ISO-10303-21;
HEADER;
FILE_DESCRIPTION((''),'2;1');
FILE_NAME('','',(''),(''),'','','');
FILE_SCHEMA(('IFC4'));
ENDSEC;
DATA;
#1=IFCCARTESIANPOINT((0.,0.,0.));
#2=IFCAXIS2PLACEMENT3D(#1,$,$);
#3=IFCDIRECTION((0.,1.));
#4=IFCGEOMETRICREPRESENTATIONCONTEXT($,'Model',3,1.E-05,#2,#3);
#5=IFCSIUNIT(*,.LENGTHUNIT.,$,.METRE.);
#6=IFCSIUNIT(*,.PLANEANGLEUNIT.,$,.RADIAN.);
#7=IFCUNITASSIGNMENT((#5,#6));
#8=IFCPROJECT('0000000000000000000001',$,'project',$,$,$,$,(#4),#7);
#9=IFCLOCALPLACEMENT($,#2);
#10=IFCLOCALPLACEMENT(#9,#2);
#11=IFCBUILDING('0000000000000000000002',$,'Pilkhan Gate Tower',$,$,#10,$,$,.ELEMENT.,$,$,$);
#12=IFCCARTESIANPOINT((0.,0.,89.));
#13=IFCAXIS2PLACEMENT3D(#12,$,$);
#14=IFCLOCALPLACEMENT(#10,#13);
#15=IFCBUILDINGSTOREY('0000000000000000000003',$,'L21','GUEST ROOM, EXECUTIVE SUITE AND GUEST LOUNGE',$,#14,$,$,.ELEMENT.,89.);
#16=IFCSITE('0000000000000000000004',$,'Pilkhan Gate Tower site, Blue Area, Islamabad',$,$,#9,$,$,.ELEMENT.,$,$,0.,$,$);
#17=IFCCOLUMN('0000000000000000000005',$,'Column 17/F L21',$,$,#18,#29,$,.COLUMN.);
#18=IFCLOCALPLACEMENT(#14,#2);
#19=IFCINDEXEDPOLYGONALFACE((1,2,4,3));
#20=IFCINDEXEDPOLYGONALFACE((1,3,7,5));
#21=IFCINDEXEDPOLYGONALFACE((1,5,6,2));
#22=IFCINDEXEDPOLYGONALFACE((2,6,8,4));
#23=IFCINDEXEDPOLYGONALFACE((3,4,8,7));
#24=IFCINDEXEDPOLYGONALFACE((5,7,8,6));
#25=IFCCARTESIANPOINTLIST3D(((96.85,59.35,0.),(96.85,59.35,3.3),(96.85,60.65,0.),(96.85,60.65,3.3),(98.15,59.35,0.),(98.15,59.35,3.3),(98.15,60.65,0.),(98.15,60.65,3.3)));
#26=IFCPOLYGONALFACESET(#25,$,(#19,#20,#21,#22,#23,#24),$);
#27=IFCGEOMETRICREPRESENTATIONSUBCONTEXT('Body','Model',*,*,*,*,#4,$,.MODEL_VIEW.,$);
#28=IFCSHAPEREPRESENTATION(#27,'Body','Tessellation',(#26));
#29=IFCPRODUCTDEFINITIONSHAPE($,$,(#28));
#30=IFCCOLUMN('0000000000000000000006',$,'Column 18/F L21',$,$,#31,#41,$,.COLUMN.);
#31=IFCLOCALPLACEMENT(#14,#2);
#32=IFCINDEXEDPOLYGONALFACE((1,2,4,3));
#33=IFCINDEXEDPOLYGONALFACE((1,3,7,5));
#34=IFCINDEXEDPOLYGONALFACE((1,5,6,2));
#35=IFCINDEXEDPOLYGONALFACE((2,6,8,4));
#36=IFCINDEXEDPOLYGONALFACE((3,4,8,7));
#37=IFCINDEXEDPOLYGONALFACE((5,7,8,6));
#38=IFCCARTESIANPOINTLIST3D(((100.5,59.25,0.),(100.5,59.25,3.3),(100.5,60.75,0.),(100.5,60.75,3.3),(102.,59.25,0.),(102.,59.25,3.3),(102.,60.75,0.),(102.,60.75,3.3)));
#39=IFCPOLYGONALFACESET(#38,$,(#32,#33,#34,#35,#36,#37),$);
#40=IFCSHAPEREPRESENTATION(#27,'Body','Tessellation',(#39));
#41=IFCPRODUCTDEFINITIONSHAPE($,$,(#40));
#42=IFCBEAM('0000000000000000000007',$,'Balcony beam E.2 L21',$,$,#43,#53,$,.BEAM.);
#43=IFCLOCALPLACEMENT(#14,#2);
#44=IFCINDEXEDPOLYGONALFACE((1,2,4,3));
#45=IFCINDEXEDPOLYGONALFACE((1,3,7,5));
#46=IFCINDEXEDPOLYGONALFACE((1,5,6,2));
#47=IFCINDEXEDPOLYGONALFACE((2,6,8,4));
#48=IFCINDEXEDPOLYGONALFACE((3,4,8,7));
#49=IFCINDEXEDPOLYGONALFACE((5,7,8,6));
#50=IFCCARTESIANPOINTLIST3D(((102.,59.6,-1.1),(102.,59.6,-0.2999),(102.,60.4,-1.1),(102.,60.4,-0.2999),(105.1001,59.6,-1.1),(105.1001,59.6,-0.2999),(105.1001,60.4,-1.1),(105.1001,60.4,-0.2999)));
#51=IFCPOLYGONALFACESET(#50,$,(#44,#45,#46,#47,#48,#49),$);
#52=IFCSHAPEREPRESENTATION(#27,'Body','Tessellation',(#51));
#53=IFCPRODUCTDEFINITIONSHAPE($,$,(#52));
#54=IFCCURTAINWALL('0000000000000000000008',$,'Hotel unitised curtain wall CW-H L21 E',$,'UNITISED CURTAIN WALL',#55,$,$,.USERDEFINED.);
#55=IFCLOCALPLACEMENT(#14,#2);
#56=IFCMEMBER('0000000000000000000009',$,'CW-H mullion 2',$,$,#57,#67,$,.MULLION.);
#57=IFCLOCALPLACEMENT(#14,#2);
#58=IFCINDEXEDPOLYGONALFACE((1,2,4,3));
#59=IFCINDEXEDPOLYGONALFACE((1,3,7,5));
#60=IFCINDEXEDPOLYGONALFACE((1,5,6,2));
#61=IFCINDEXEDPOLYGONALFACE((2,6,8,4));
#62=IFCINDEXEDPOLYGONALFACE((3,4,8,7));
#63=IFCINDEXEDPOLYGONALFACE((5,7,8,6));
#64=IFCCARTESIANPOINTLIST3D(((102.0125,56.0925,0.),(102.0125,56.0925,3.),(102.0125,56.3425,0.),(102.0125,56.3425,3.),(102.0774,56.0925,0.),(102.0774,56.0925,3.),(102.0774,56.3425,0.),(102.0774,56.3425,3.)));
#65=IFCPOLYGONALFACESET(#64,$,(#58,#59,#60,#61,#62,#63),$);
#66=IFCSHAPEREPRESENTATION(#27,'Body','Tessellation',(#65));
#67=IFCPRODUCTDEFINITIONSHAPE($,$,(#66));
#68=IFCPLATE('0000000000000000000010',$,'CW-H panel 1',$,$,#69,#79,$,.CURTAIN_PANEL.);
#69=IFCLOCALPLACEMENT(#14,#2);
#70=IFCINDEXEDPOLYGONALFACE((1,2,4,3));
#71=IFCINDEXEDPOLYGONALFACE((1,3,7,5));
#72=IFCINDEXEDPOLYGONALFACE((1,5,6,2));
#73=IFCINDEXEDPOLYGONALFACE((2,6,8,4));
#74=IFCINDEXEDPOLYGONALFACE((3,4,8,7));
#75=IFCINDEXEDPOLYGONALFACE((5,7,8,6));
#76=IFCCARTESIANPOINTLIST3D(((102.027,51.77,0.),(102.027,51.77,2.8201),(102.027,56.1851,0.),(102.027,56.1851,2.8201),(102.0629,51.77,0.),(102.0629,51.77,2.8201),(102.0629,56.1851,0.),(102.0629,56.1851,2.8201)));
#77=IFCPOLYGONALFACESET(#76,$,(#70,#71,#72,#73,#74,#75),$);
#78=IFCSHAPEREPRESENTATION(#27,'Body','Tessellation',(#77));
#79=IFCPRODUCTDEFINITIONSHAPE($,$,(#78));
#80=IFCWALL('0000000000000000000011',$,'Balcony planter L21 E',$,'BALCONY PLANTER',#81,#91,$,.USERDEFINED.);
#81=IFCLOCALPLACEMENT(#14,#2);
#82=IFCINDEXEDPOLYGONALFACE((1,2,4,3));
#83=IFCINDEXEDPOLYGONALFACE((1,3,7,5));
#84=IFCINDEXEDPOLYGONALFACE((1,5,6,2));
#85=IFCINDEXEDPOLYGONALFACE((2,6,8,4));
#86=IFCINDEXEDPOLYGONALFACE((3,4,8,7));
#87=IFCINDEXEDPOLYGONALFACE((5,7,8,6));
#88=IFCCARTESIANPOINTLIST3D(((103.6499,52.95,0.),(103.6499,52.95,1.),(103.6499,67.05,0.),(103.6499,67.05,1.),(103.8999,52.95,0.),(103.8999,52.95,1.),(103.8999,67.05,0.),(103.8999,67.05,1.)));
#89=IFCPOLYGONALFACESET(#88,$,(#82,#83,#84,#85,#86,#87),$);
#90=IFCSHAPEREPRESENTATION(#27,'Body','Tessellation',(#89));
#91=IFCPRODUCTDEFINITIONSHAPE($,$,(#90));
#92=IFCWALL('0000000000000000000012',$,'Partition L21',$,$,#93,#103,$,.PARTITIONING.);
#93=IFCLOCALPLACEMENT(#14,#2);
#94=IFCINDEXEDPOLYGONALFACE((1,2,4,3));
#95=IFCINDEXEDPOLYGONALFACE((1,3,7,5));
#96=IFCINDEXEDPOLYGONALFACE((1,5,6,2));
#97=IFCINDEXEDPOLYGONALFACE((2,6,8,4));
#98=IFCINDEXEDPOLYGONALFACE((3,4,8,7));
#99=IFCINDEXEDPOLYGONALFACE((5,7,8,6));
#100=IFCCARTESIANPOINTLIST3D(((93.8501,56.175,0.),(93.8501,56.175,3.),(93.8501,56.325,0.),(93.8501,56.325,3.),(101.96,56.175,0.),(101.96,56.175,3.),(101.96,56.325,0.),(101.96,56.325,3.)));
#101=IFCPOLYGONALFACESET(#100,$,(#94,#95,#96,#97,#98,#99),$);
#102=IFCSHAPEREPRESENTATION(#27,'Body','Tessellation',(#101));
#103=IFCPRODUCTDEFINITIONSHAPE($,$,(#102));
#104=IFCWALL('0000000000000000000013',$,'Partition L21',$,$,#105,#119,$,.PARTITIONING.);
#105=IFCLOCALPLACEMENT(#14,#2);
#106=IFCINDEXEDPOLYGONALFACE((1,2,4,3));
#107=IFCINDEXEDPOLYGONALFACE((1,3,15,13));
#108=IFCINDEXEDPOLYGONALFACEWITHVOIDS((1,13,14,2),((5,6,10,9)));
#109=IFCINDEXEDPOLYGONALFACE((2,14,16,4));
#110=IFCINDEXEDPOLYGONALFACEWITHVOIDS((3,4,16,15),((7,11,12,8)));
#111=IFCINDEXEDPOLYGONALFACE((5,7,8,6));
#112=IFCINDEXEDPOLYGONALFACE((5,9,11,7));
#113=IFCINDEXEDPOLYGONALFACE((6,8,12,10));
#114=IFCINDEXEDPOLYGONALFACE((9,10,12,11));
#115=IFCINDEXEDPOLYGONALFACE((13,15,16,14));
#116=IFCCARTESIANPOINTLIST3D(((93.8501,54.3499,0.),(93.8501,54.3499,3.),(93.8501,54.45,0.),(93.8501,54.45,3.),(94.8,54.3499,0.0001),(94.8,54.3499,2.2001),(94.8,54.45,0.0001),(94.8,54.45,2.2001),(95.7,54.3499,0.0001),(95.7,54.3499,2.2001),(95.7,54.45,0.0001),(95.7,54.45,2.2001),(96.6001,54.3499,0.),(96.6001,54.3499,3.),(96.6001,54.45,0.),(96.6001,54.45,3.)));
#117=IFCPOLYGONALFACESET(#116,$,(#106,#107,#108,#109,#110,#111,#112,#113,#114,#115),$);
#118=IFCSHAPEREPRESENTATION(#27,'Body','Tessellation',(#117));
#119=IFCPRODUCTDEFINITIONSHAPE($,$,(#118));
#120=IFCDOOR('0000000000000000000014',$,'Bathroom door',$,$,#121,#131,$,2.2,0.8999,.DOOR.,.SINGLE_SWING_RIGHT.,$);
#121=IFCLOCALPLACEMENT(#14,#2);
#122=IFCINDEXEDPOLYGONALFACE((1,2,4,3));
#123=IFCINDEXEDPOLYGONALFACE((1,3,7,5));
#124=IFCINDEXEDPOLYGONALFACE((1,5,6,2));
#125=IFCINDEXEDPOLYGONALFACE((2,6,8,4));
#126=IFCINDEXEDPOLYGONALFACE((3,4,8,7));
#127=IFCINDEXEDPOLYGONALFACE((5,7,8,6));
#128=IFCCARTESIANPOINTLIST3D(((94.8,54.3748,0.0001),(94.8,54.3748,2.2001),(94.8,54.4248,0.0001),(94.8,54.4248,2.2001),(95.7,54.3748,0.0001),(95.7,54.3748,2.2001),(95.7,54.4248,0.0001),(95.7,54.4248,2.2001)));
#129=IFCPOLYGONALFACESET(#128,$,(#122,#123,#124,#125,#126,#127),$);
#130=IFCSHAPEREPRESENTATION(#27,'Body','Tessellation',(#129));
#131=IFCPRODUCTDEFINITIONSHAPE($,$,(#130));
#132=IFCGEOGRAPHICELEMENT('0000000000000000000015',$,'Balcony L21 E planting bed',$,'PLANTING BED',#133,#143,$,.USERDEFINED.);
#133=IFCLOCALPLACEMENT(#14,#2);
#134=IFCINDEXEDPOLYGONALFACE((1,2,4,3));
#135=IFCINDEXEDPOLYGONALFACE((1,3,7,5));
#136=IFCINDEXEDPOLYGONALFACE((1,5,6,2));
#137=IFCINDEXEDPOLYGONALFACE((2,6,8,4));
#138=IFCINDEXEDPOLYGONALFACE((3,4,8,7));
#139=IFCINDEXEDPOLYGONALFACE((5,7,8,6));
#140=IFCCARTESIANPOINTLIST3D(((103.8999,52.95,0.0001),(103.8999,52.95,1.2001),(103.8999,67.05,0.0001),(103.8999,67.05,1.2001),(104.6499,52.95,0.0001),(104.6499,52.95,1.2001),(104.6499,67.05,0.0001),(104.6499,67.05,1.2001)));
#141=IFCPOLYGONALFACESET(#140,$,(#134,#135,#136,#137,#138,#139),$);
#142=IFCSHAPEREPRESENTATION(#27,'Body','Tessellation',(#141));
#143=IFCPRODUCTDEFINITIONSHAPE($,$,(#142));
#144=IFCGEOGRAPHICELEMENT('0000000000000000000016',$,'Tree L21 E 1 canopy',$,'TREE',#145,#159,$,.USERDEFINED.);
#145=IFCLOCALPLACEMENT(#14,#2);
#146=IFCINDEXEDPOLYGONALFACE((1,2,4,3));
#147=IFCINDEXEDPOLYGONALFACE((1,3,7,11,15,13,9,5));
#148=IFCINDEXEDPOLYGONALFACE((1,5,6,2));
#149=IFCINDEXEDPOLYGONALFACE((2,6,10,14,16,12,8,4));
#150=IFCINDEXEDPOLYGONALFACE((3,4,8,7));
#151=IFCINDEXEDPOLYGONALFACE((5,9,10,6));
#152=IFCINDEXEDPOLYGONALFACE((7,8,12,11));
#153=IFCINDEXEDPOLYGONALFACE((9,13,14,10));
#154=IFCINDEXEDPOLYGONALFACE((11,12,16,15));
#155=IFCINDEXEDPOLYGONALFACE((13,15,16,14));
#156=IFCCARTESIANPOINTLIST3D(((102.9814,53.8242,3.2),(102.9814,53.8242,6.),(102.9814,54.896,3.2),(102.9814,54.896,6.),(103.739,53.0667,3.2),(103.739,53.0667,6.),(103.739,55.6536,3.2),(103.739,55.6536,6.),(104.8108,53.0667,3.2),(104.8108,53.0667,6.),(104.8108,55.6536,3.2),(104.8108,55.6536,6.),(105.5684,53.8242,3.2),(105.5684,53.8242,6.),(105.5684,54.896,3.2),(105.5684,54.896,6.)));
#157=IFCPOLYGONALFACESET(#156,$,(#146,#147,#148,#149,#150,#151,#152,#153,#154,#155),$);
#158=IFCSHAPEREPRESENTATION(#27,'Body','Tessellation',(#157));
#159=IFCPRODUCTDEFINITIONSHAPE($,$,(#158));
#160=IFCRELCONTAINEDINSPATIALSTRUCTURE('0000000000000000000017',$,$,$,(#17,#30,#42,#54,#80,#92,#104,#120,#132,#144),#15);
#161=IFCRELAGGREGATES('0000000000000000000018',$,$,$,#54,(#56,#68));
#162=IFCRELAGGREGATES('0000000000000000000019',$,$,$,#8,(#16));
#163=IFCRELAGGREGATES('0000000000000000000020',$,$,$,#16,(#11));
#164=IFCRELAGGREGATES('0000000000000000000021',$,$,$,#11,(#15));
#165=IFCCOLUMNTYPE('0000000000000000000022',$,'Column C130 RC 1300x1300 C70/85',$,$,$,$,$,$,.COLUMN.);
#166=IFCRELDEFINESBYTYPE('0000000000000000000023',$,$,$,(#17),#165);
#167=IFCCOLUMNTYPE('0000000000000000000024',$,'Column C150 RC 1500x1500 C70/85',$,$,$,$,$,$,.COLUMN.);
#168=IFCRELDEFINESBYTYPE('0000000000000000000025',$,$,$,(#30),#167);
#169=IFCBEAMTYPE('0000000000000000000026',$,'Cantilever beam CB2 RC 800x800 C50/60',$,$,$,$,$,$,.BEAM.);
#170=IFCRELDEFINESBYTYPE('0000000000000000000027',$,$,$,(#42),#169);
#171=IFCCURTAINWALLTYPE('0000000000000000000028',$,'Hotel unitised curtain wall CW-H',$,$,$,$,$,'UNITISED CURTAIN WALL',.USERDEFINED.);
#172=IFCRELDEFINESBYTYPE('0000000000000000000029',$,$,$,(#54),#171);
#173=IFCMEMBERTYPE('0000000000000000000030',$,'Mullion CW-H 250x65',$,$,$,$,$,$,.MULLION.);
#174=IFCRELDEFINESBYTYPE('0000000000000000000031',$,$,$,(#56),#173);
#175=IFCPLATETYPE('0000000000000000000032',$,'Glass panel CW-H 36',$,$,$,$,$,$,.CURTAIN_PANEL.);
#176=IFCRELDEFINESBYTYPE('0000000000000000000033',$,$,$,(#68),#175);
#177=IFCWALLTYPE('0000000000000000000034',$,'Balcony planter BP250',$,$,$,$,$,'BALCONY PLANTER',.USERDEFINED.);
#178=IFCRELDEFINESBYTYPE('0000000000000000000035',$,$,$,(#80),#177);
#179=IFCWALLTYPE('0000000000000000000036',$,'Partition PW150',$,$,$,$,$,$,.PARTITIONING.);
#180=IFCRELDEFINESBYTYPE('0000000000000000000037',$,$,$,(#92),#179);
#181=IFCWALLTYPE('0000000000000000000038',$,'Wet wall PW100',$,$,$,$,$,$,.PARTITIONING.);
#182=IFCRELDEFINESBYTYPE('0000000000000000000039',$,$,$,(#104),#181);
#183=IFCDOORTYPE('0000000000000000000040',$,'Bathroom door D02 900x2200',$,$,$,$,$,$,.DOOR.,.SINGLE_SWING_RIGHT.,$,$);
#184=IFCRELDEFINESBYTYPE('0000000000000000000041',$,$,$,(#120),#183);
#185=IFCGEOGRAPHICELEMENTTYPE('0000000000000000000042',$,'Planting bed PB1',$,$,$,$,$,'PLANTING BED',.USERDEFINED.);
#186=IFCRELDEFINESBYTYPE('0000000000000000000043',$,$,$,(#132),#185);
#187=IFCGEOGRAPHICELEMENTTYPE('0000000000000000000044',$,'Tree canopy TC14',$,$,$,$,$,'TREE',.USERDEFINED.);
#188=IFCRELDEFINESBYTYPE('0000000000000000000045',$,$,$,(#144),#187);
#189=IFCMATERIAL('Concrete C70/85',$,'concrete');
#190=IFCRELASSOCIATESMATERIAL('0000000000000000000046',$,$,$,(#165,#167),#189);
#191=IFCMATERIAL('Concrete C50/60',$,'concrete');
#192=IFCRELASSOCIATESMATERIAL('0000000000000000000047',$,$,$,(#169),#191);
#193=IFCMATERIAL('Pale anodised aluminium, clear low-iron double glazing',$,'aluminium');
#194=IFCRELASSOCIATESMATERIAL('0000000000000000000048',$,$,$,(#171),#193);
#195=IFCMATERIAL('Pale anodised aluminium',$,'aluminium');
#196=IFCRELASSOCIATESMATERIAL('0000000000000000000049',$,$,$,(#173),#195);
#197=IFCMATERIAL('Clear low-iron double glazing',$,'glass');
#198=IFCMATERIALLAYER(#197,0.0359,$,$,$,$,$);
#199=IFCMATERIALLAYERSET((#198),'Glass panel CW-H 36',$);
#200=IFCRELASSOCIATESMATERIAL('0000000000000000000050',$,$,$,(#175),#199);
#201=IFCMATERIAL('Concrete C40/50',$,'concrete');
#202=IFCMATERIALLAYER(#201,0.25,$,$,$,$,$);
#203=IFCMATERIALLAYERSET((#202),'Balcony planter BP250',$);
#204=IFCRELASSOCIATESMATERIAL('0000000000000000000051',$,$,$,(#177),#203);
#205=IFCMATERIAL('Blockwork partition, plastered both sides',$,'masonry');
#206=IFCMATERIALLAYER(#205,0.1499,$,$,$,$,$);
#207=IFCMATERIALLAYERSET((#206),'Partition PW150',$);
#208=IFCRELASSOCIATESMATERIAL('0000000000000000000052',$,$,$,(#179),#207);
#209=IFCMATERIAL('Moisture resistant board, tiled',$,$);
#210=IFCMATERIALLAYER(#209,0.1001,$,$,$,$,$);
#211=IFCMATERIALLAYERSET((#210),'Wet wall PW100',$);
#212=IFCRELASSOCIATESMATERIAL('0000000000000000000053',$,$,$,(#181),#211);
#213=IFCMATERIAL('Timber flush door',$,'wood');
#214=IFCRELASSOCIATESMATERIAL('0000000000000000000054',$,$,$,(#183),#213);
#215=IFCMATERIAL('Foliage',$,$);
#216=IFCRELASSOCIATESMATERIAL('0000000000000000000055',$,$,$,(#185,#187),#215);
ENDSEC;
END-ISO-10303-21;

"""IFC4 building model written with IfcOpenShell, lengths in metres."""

from ifc_helpers import new_model, si_unit, direction, frame, frame_2d, origin, origin_2d, place, context, subcontext, project, spatial, polyline, rectangle, outline, extrude, material, layer, layer_set, material_profile, profile_set, type_object, element, fill, aggregate, save


model = new_model("IFC4")

# Units and contexts
model_context = context("Model", 3, precision=1e-05, world=origin(), true_north=direction((0.0, 1.0)))
body_context = subcontext(model_context, "Body", "Model", "MODEL_VIEW")
ifc_project = project(units=[si_unit("LENGTHUNIT", "METRE"), si_unit("PLANEANGLEUNIT", "RADIAN")], contexts=[model_context])

# Site, building, storey
site_placement = place(None, origin())
site = spatial("IfcSite", under=ifc_project, at=site_placement, Name="Pilkhan Gate Tower site, Blue Area, Islamabad", CompositionType="ELEMENT", RefElevation=0.0)
building_placement = place(site_placement, origin())
building = spatial("IfcBuilding", under=site, at=building_placement, Name="Pilkhan Gate Tower", CompositionType="ELEMENT")
storey_placement = place(building_placement, frame((0.0, 0.0, 89.0)))
storey = spatial("IfcBuildingStorey", under=building, at=storey_placement, Name="L21", Description="GUEST ROOM, EXECUTIVE SUITE AND GUEST LOUNGE", CompositionType="ELEMENT", Elevation=89.0)

# Columns
ifc_material_1 = material(Name="Concrete C70/85", Category="concrete")
ifc_material_profile_1 = material_profile(ifc_material_1, rectangle(XDim=1.3, YDim=1.3, at=origin_2d()), Name="RC 1300x1300")
ifc_profile_set_1 = profile_set([ifc_material_profile_1], Name="Concrete C70/85")
column_type_1 = type_object("IfcColumnType", Name="Column C130 RC 1300x1300 C70/85", PredefinedType="COLUMN", material=ifc_profile_set_1)
column_1_placement = place(storey_placement, frame((97.5, 60.0, 0.0), z_axis=(0.0, 0.0, 1.0), x_axis=(1.0, 0.0, 0.0)))
element("IfcColumn", 1, at=column_1_placement, inside=storey, type_object=column_type_1, Name="Column 17/F L21", PredefinedType="COLUMN", context=body_context, shape_type="SweptSolid", body=[
    extrude(rectangle(XDim=1.3, YDim=1.3, at=origin_2d()), origin(), (0.0, 0.0, 1.0), 3.3),
])
ifc_material_profile_2 = material_profile(ifc_material_1, rectangle(XDim=1.5, YDim=1.5, at=origin_2d()), Name="RC 1500x1500")
ifc_profile_set_2 = profile_set([ifc_material_profile_2], Name="Concrete C70/85")
column_type_2 = type_object("IfcColumnType", Name="Column C150 RC 1500x1500 C70/85", PredefinedType="COLUMN", material=ifc_profile_set_2)
column_2_placement = place(storey_placement, frame((101.25, 60.0, 0.0), z_axis=(0.0, 0.0, 1.0), x_axis=(1.0, 0.0, 0.0)))
element("IfcColumn", 2, at=column_2_placement, inside=storey, type_object=column_type_2, Name="Column 18/F L21", PredefinedType="COLUMN", context=body_context, shape_type="SweptSolid", body=[
    extrude(rectangle(XDim=1.5, YDim=1.5, at=origin_2d()), origin(), (0.0, 0.0, 1.0), 3.3),
])

# Beam
ifc_material_2 = material(Name="Concrete C50/60", Category="concrete")
ifc_material_profile_3 = material_profile(ifc_material_2, rectangle(XDim=0.8, YDim=0.8, at=origin_2d()), Name="RC 800x800")
ifc_profile_set_3 = profile_set([ifc_material_profile_3], Name="Concrete C50/60")
beam_type = type_object("IfcBeamType", Name="Cantilever beam CB2 RC 800x800 C50/60", PredefinedType="BEAM", material=ifc_profile_set_3)
beam_placement = place(storey_placement, frame((102.0, 60.0, -0.7), z_axis=(1.0, 0.0, 0.0), x_axis=(0.0, 1.0, 0.0)))
element("IfcBeam", 3, at=beam_placement, inside=storey, type_object=beam_type, Name="Balcony beam E.2 L21", PredefinedType="BEAM", context=body_context, shape_type="SweptSolid", body=[
    extrude(rectangle(XDim=0.8, YDim=0.8, at=origin_2d()), origin(), (0.0, 0.0, 1.0), 3.1001),
])

# Curtain wall, member, plate
ifc_material_3 = material(Name="Pale anodised aluminium, clear low-iron double glazing", Category="aluminium")
curtain_wall_type = type_object("IfcCurtainWallType", Name="Hotel unitised curtain wall CW-H", ElementType="UNITISED CURTAIN WALL", PredefinedType="USERDEFINED", material=ifc_material_3)
curtain_wall_placement = place(storey_placement, origin())
curtain_wall = element("IfcCurtainWall", 4, at=curtain_wall_placement, inside=storey, type_object=curtain_wall_type, Name="Hotel unitised curtain wall CW-H L21 E", ObjectType="UNITISED CURTAIN WALL", PredefinedType="USERDEFINED")
ifc_material_4 = material(Name="Pale anodised aluminium", Category="aluminium")
ifc_material_profile_4 = material_profile(ifc_material_4, rectangle(XDim=0.0649, YDim=0.25, at=origin_2d()), Name="Mullion 250x65")
ifc_profile_set_4 = profile_set([ifc_material_profile_4], Name="Pale anodised aluminium")
member_type = type_object("IfcMemberType", Name="Mullion CW-H 250x65", PredefinedType="MULLION", material=ifc_profile_set_4)
member_placement = place(storey_placement, frame((102.0449, 56.2175, 0.0), z_axis=(0.0, 0.0, 1.0), x_axis=(-1.0, 0.0, 0.0)))
member = element("IfcMember", 5, at=member_placement, type_object=member_type, Name="CW-H mullion 2", PredefinedType="MULLION", context=body_context, shape_type="SweptSolid", body=[
    extrude(rectangle(XDim=0.0649, YDim=0.25, at=origin_2d()), origin(), (0.0, 0.0, 1.0), 3.0),
])
ifc_material_5 = material(Name="Clear low-iron double glazing", Category="glass")
ifc_layer_1 = layer(ifc_material_5, 0.0359)
ifc_layer_set_1 = layer_set([ifc_layer_1], Name="Glass panel CW-H 36")
plate_type = type_object("IfcPlateType", Name="Glass panel CW-H 36", PredefinedType="CURTAIN_PANEL", material=ifc_layer_set_1)
plate_placement = place(storey_placement, frame((102.0449, 53.9775, 0.0), z_axis=(0.0, 0.0, 1.0), x_axis=(0.0, 1.0, 0.0)))
plate = element("IfcPlate", 6, at=plate_placement, type_object=plate_type, Name="CW-H panel 1", PredefinedType="CURTAIN_PANEL", context=body_context, shape_type="SweptSolid", body=[
    extrude(rectangle(XDim=4.415, YDim=0.0359, at=origin_2d()), origin(), (0.0, 0.0, 1.0), 2.8201),
])
aggregate(curtain_wall, [member, plate])

# Wall
ifc_material_6 = material(Name="Concrete C40/50", Category="concrete")
ifc_layer_2 = layer(ifc_material_6, 0.25)
ifc_layer_set_2 = layer_set([ifc_layer_2], Name="Balcony planter BP250")
wall_type_1 = type_object("IfcWallType", Name="Balcony planter BP250", ElementType="BALCONY PLANTER", PredefinedType="USERDEFINED", material=ifc_layer_set_2)
wall_1_placement = place(storey_placement, frame((103.7749, 52.95, 0.0), z_axis=(0.0, 0.0, 1.0), x_axis=(0.0, 1.0, 0.0)))
element("IfcWall", 7, at=wall_1_placement, inside=storey, type_object=wall_type_1, Name="Balcony planter L21 E", ObjectType="BALCONY PLANTER", PredefinedType="USERDEFINED", context=body_context, shape_type="SweptSolid", body=[
    extrude(rectangle(XDim=14.1001, YDim=0.25, at=frame_2d((7.05, 0.0))), origin(), (0.0, 0.0, 1.0), 1.0),
])

# Wall
ifc_material_7 = material(Name="Blockwork partition, plastered both sides", Category="masonry")
ifc_layer_3 = layer(ifc_material_7, 0.1499)
ifc_layer_set_3 = layer_set([ifc_layer_3], Name="Partition PW150")
wall_type_2 = type_object("IfcWallType", Name="Partition PW150", PredefinedType="PARTITIONING", material=ifc_layer_set_3)
wall_2_placement = place(storey_placement, frame((93.8501, 56.25, 0.0), z_axis=(0.0, 0.0, 1.0), x_axis=(1.0, 0.0, 0.0)))
element("IfcWall", 8, at=wall_2_placement, inside=storey, type_object=wall_type_2, Name="Partition L21", PredefinedType="PARTITIONING", context=body_context, shape_type="SweptSolid", body=[
    extrude(rectangle(XDim=8.1099, YDim=0.1499, at=frame_2d((4.0549, 0.0))), origin(), (0.0, 0.0, 1.0), 3.0),
])

# Wall, opening, door
ifc_material_8 = material(Name="Moisture resistant board, tiled")
ifc_layer_4 = layer(ifc_material_8, 0.1001)
ifc_layer_set_4 = layer_set([ifc_layer_4], Name="Wet wall PW100")
wall_type_3 = type_object("IfcWallType", Name="Wet wall PW100", PredefinedType="PARTITIONING", material=ifc_layer_set_4)
wall_3_placement = place(storey_placement, frame((93.8501, 54.3999, 0.0), z_axis=(0.0, 0.0, 1.0), x_axis=(1.0, 0.0, 0.0)))
wall_3 = element("IfcWall", 9, at=wall_3_placement, inside=storey, type_object=wall_type_3, Name="Partition L21", PredefinedType="PARTITIONING", context=body_context, shape_type="SweptSolid", body=[
    extrude(rectangle(XDim=2.75, YDim=0.1001, at=frame_2d((1.375, 0.0))), origin(), (0.0, 0.0, 1.0), 3.0),
])
opening_1_placement = place(wall_3_placement, frame((0.95, 0.0, 0.0)))
opening_1 = element("IfcOpeningElement", 10, at=opening_1_placement, cuts=wall_3, PredefinedType="OPENING", context=body_context, shape_type="SweptSolid", body=[
    extrude(rectangle(XDim=0.8999, YDim=2.2, at=frame_2d((0.45, 1.1001))), frame((0.0, 0.0601, 0.0), z_axis=(0.0, -1.0, 0.0), x_axis=(1.0, 0.0, 0.0)), (0.0, 0.0, 1.0), 0.1201),
])
ifc_material_9 = material(Name="Timber flush door", Category="wood")
door_type_1 = type_object("IfcDoorType", Name="Bathroom door D02 900x2200", OperationType="SINGLE_SWING_RIGHT", PredefinedType="DOOR", material=ifc_material_9)
door_1_placement = place(opening_1_placement, origin())
door_1 = element("IfcDoor", 11, at=door_1_placement, inside=storey, type_object=door_type_1, Name="Bathroom door", OperationType="SINGLE_SWING_RIGHT", OverallHeight=2.2, OverallWidth=0.8999, PredefinedType="DOOR", context=body_context, shape_type="SweptSolid", body=[
    extrude(rectangle(XDim=0.8999, YDim=2.2, at=frame_2d((0.45, 1.1001))), frame((0.0, 0.0249, 0.0), z_axis=(0.0, -1.0, 0.0), x_axis=(1.0, 0.0, 0.0)), (0.0, 0.0, 1.0), 0.05),
])
fill(opening_1, door_1)

# Geographic elements
ifc_material_10 = material(Name="Foliage")
ifc_material_profile_5 = material_profile(ifc_material_10, rectangle(XDim=0.75, YDim=1.2, at=origin_2d()), Name="Bed 750x1200")
ifc_profile_set_5 = profile_set([ifc_material_profile_5], Name="Foliage")
geographic_element_type_1 = type_object("IfcGeographicElementType", Name="Planting bed PB1", ElementType="PLANTING BED", PredefinedType="USERDEFINED", material=ifc_profile_set_5)
geographic_element_placement = place(storey_placement, frame((104.2749, 52.95, 0.6001), z_axis=(0.0, 1.0, 0.0), x_axis=(-1.0, 0.0, 0.0)))
element("IfcGeographicElement", 12, at=geographic_element_placement, inside=storey, type_object=geographic_element_type_1, Name="Balcony L21 E planting bed", ObjectType="PLANTING BED", PredefinedType="USERDEFINED", context=body_context, shape_type="SweptSolid", body=[
    extrude(rectangle(XDim=0.75, YDim=1.2, at=origin_2d()), origin(), (0.0, 0.0, 1.0), 14.1001),
])
ifc_material_profile_6 = material_profile(ifc_material_10, outline(polyline([(1.2935, 0.5359), (0.5359, 1.2935), (-0.5359, 1.2935), (-1.2935, 0.5359), (-1.2935, -0.5359), (-0.5359, -1.2935), (0.5359, -1.2935), (1.2935, -0.5359), (1.2935, 0.5359)])), Name="Canopy D2.8")
ifc_profile_set_6 = profile_set([ifc_material_profile_6], Name="Foliage")
geographic_element_type_2 = type_object("IfcGeographicElementType", Name="Tree canopy TC14", ElementType="TREE", PredefinedType="USERDEFINED", material=ifc_profile_set_6)
for number, where, z_axis, x_axis, name in (
    (13, (104.2749, 54.3601, 3.2), (0.0, 0.0, 1.0), (1.0, 0.0, 0.0), "Tree L21 E 1 canopy"),
):
    element("IfcGeographicElement", number, at=place(storey_placement, frame(where, z_axis=z_axis, x_axis=x_axis)), inside=storey, type_object=geographic_element_type_2, Name=name, ObjectType="TREE", PredefinedType="USERDEFINED", context=body_context, shape_type="SweptSolid", body=[
        extrude(outline(polyline([(1.2935, 0.5359), (0.5359, 1.2935), (-0.5359, 1.2935), (-1.2935, 0.5359), (-1.2935, -0.5359), (-0.5359, -1.2935), (0.5359, -1.2935), (1.2935, -0.5359), (1.2935, 0.5359)])), origin(), (0.0, 0.0, 1.0), 2.8),
    ])

save(model, "model.ifc")
